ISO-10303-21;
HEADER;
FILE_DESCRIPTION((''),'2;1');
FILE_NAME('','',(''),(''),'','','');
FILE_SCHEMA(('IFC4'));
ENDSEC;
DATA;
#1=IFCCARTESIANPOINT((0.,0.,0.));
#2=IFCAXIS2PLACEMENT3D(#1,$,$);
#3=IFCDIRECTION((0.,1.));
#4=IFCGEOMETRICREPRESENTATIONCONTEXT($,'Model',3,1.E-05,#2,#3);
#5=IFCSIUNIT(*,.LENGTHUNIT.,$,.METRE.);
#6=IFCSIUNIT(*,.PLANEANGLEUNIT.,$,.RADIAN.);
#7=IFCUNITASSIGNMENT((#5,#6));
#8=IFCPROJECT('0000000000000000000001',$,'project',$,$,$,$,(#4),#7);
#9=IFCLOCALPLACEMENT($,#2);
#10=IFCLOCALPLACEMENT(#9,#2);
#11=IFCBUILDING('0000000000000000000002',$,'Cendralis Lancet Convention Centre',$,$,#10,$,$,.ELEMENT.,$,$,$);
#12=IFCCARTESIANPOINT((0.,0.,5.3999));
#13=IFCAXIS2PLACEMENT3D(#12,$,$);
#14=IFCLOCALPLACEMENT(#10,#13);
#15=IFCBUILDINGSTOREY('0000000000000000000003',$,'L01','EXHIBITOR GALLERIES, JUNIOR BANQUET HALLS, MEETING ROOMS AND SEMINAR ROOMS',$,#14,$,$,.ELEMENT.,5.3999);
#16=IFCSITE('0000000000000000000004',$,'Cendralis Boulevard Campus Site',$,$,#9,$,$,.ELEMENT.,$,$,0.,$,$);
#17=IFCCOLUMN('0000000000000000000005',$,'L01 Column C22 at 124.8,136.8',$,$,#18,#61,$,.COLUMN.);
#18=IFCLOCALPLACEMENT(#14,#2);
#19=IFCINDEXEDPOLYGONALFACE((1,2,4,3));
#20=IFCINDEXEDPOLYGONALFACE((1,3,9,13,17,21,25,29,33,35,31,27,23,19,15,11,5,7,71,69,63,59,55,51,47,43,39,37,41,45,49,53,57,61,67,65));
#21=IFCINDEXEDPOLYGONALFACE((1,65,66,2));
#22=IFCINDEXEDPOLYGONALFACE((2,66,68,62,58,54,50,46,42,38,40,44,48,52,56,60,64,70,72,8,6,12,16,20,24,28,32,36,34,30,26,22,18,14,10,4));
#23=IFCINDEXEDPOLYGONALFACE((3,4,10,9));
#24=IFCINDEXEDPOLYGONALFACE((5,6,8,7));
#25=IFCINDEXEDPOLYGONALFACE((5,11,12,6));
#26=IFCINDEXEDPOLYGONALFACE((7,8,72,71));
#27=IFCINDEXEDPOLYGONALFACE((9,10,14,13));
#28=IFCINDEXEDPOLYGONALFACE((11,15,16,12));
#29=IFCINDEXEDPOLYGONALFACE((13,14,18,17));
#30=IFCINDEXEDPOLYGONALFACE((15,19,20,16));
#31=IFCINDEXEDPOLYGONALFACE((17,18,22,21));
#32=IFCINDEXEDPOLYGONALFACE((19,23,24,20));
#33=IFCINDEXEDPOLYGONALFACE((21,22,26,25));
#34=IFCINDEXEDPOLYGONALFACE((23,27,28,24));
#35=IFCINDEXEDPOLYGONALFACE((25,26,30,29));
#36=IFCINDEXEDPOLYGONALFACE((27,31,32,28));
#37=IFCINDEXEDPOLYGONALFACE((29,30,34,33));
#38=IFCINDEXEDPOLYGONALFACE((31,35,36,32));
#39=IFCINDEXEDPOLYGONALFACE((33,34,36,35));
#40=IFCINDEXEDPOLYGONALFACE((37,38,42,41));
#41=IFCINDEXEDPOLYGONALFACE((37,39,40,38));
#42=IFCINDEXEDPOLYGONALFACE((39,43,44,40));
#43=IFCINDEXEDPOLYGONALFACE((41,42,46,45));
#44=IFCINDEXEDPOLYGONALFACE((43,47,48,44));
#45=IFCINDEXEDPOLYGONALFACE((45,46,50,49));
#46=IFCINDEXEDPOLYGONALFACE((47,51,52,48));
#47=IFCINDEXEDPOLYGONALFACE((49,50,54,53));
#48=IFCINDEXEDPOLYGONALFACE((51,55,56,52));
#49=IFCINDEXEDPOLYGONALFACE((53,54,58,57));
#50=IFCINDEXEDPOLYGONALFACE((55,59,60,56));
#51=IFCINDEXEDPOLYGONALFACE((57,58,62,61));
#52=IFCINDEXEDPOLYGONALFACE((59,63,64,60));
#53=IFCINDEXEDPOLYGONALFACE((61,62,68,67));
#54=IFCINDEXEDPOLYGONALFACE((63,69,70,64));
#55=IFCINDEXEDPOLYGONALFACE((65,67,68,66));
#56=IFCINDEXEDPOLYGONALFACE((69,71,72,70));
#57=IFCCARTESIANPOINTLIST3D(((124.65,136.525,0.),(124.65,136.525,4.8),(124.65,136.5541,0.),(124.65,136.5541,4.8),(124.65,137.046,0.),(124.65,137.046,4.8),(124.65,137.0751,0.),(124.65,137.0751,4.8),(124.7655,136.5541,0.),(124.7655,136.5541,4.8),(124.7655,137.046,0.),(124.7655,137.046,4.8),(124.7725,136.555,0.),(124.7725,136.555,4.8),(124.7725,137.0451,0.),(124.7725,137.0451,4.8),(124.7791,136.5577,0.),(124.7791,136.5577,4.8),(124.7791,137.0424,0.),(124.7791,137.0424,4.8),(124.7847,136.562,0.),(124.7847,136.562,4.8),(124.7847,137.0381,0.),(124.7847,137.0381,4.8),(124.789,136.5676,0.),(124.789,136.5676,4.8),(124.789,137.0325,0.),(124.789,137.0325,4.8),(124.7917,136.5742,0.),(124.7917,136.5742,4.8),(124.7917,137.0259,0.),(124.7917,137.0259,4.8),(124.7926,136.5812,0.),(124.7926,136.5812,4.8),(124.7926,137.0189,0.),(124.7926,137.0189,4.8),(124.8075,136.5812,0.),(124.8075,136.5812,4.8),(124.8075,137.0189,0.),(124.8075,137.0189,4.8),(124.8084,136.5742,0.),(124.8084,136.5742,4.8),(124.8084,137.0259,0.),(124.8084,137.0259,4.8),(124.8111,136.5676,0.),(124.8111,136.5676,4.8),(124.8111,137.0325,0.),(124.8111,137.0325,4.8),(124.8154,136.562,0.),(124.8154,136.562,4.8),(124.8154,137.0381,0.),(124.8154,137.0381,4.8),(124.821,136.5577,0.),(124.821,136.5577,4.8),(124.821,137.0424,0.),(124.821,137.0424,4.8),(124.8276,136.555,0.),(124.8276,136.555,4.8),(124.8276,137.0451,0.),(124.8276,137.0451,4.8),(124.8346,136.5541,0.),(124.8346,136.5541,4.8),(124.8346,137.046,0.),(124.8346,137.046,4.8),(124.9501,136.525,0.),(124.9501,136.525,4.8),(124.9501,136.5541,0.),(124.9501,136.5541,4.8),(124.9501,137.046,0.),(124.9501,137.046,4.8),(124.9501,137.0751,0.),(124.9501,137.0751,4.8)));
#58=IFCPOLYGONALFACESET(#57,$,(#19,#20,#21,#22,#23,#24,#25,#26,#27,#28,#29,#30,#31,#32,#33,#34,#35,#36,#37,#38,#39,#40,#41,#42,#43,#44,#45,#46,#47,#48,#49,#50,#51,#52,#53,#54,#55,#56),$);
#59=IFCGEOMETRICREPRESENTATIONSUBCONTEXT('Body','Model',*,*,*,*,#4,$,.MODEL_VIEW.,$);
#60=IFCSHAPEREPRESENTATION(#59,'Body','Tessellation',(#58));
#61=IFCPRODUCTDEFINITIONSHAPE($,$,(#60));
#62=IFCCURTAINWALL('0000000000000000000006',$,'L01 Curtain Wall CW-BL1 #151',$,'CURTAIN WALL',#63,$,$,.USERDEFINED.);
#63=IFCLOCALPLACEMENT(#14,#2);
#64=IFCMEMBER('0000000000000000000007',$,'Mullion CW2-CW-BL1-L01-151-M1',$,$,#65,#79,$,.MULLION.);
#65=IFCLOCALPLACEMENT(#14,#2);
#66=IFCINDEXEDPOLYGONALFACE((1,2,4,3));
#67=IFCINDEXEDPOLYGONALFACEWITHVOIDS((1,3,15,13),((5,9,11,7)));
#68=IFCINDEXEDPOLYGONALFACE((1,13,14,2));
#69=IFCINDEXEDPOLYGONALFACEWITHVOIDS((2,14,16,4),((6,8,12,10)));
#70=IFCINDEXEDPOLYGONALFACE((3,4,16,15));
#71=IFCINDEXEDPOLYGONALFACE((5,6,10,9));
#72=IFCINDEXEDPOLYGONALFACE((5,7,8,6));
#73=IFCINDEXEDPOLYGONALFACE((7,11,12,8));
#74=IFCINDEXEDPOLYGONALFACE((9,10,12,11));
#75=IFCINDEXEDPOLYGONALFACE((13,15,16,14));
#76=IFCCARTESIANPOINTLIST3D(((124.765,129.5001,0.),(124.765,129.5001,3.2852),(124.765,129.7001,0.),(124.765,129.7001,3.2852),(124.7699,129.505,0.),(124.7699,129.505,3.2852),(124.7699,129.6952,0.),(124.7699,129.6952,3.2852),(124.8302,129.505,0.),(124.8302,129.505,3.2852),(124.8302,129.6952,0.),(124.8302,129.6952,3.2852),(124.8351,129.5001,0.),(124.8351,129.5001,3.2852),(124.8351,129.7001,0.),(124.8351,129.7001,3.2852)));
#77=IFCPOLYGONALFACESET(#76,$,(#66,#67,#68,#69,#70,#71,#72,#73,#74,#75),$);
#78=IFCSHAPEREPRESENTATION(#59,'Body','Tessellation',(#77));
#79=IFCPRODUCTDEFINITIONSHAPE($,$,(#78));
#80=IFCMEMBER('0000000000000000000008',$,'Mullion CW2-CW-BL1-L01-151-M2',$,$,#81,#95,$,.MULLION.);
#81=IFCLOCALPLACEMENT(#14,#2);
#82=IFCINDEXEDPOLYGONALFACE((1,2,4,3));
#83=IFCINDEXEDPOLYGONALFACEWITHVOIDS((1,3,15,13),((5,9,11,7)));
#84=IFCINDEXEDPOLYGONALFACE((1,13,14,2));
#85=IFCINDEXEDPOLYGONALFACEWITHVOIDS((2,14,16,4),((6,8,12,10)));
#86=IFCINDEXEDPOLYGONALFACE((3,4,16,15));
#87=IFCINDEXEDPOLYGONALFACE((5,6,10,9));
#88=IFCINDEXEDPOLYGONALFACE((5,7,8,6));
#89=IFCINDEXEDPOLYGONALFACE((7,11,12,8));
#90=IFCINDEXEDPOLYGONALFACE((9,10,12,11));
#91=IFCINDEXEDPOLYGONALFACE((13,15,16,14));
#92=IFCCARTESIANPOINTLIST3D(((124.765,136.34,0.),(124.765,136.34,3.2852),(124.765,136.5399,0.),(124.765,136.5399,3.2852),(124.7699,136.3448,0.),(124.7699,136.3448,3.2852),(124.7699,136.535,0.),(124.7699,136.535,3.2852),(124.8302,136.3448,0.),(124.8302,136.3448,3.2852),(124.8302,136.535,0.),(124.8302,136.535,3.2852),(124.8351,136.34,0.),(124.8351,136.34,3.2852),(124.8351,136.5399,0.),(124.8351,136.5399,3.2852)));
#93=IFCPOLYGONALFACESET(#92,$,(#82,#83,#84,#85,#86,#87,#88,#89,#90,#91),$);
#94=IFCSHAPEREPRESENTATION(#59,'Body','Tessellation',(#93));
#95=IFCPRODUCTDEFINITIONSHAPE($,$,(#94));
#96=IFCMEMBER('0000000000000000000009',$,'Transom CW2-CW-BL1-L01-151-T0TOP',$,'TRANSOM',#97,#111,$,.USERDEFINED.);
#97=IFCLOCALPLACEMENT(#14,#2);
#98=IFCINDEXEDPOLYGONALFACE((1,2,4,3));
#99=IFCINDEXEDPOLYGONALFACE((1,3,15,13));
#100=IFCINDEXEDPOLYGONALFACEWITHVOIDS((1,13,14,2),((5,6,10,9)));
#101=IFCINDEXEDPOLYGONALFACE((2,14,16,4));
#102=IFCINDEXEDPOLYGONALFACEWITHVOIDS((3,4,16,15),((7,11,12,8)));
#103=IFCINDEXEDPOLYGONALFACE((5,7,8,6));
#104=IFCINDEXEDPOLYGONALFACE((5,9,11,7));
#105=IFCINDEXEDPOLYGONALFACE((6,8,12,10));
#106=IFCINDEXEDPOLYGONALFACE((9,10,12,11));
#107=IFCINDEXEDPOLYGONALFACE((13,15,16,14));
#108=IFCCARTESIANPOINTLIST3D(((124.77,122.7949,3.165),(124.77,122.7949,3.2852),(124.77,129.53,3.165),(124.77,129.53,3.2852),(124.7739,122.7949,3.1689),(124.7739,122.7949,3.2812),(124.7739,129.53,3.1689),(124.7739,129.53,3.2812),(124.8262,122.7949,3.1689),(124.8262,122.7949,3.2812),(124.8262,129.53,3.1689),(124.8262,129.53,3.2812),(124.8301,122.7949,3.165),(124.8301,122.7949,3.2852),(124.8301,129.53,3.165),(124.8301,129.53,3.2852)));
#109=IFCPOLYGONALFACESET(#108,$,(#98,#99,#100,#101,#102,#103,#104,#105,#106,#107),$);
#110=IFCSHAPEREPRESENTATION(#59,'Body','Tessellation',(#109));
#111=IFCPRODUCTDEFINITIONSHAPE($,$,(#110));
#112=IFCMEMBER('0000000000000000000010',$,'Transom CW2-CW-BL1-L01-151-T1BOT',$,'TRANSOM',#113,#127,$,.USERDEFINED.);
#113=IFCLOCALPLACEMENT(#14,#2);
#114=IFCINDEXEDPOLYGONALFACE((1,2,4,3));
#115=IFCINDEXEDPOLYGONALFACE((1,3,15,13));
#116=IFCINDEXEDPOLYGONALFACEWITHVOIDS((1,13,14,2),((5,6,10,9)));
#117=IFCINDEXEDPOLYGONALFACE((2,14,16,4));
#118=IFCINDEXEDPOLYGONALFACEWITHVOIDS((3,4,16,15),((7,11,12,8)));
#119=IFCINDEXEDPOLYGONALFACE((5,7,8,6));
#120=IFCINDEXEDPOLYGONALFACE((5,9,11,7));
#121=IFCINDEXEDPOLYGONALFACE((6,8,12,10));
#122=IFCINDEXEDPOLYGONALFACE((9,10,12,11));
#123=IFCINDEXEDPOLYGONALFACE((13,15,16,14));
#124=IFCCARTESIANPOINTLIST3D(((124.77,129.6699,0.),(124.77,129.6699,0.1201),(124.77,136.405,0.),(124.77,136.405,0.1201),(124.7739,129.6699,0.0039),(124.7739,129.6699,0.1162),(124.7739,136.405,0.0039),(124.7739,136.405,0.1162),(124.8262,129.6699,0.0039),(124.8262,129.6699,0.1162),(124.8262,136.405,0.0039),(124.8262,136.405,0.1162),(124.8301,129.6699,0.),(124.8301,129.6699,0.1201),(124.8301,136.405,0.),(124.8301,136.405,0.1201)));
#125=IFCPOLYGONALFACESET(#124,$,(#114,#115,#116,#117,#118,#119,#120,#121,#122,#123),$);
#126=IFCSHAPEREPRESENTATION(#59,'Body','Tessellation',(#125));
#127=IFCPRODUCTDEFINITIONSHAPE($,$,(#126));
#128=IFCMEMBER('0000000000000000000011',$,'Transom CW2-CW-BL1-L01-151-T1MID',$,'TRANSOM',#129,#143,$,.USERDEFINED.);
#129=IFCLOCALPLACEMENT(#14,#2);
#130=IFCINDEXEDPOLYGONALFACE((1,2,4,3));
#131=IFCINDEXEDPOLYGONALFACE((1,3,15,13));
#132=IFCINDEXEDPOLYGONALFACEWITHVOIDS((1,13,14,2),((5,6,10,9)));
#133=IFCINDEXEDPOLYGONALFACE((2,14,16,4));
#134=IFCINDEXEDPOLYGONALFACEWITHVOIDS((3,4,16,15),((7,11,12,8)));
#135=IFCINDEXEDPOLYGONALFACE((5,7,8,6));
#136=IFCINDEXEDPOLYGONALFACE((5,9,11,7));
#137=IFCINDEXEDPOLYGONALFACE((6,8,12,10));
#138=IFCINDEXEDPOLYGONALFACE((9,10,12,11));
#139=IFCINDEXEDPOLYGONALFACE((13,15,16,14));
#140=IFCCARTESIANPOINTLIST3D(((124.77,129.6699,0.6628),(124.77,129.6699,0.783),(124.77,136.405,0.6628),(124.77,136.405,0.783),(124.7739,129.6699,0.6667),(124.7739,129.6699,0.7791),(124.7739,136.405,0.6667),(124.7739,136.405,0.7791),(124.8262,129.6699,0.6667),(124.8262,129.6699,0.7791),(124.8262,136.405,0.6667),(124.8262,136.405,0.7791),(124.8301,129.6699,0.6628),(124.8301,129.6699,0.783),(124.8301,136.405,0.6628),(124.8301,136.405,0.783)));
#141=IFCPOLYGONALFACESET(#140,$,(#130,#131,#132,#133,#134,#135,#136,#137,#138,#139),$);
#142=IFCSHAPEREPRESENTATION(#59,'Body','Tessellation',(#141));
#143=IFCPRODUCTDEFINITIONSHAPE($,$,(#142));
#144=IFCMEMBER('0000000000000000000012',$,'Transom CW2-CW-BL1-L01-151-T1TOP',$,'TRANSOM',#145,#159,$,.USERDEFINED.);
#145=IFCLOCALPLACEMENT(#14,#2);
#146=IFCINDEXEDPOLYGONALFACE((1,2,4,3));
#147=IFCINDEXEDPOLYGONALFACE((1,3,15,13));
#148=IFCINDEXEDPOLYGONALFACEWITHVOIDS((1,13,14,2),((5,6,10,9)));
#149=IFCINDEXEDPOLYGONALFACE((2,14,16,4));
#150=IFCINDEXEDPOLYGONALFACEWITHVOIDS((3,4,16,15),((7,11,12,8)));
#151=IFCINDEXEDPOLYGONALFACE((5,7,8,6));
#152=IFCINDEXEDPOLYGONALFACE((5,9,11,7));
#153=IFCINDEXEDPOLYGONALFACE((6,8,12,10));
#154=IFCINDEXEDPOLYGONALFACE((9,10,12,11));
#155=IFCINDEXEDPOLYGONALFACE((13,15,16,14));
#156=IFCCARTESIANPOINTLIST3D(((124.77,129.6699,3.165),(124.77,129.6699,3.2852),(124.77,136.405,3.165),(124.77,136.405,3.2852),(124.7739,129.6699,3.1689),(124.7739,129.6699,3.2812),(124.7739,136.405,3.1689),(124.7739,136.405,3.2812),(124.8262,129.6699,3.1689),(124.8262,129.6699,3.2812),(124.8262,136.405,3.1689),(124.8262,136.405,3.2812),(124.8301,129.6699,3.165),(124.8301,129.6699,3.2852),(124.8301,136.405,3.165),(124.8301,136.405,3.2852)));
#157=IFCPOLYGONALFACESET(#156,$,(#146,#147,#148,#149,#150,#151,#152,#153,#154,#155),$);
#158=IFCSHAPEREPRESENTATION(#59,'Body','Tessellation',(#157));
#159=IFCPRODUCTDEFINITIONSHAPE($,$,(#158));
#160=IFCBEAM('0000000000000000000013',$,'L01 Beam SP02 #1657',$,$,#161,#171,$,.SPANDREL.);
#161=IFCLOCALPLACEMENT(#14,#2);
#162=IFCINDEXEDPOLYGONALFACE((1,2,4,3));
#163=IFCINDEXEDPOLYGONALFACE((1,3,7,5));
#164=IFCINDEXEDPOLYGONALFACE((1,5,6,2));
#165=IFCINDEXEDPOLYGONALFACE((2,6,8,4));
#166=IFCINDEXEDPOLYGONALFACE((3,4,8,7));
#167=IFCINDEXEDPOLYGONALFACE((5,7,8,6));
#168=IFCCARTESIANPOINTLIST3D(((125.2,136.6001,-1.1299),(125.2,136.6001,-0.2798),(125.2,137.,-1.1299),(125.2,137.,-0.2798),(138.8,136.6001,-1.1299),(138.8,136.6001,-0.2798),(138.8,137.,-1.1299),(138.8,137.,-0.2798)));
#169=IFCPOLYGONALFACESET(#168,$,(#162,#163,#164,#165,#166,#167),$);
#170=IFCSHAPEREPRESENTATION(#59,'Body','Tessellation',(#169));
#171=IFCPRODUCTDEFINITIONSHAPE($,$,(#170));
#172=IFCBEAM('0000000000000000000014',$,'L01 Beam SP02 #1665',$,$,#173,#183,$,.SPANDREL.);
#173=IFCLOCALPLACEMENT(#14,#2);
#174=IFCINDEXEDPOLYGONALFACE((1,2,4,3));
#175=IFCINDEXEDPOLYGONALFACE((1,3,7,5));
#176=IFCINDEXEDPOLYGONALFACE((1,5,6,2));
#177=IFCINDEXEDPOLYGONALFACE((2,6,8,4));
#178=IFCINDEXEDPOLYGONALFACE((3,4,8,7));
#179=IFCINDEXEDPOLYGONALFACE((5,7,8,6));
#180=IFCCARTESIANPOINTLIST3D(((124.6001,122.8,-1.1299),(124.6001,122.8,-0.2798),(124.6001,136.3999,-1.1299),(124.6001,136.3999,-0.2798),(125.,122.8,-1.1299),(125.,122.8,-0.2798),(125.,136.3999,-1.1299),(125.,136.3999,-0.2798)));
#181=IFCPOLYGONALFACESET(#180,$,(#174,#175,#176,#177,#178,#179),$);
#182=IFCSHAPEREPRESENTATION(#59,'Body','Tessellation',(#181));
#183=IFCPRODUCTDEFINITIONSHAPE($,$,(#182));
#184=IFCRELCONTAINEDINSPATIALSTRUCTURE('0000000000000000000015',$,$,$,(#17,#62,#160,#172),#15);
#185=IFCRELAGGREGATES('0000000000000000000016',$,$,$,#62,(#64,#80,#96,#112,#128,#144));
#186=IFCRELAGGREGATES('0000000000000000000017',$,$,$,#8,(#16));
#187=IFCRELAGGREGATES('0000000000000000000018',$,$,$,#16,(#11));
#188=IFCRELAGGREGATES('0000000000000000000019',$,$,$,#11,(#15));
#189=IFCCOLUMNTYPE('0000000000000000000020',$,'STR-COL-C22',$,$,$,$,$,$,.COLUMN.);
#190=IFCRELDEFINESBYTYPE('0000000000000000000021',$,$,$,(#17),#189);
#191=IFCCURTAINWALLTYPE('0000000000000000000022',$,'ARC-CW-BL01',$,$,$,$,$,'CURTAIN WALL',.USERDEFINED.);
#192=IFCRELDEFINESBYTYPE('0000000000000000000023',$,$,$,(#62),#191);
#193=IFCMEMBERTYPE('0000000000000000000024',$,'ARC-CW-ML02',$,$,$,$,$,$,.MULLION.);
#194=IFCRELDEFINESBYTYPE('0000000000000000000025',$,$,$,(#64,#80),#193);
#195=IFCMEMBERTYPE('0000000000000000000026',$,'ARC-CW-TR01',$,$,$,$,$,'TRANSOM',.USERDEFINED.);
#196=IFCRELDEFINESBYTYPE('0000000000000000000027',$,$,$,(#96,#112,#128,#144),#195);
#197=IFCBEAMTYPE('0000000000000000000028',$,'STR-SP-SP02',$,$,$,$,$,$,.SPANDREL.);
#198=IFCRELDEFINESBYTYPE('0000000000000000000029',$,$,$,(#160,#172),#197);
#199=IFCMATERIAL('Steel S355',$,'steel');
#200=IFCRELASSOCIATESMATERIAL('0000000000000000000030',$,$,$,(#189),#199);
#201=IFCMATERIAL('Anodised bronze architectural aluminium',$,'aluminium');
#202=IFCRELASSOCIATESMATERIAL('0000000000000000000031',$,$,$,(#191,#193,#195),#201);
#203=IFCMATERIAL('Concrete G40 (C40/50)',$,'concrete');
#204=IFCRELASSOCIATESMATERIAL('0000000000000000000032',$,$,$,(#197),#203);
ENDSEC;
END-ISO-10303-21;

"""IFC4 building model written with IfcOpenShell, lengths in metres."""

from ifc_helpers import new_model, si_unit, direction, frame, origin, origin_2d, place, context, subcontext, project, spatial, rectangle, hollow_rectangle, i_section, extrude, material, material_profile, profile_set, type_object, element, aggregate, save


model = new_model("IFC4")

# Units and contexts
model_context = context("Model", 3, precision=1e-05, world=origin(), true_north=direction((0.0, 1.0)))
body_context = subcontext(model_context, "Body", "Model", "MODEL_VIEW")
ifc_project = project(units=[si_unit("LENGTHUNIT", "METRE"), si_unit("PLANEANGLEUNIT", "RADIAN")], contexts=[model_context])

# Site, building, storey
site_placement = place(None, origin())
site = spatial("IfcSite", under=ifc_project, at=site_placement, Name="Cendralis Boulevard Campus Site", CompositionType="ELEMENT", RefElevation=0.0)
building_placement = place(site_placement, origin())
building = spatial("IfcBuilding", under=site, at=building_placement, Name="Cendralis Lancet Convention Centre", CompositionType="ELEMENT")
storey_placement = place(building_placement, frame((0.0, 0.0, 5.3999)))
storey = spatial("IfcBuildingStorey", under=building, at=storey_placement, Name="L01", Description="EXHIBITOR GALLERIES, JUNIOR BANQUET HALLS, MEETING ROOMS AND SEMINAR ROOMS", CompositionType="ELEMENT", Elevation=5.3999)

# Column
ifc_material_1 = material(Name="Steel S355", Category="steel")
ifc_material_profile_1 = material_profile(ifc_material_1, i_section(OverallWidth=0.3, OverallDepth=0.55, WebThickness=0.0149, FlangeThickness=0.0291, FilletRadius=0.0271, at=origin_2d()), Name="HEB 550")
ifc_profile_set_1 = profile_set([ifc_material_profile_1], Name="Steel S355")
column_type = type_object("IfcColumnType", Name="STR-COL-C22", PredefinedType="COLUMN", material=ifc_profile_set_1)
column_placement = place(storey_placement, frame((124.8, 136.8, 0.0), z_axis=(0.0, 0.0, 1.0), x_axis=(1.0, 0.0, 0.0)))
element("IfcColumn", 1, at=column_placement, inside=storey, type_object=column_type, Name="L01 Column C22 at 124.8,136.8", PredefinedType="COLUMN", context=body_context, shape_type="SweptSolid", body=[
    extrude(i_section(OverallWidth=0.3, OverallDepth=0.55, WebThickness=0.0149, FlangeThickness=0.0291, FilletRadius=0.0271, at=origin_2d()), origin(), (0.0, 0.0, 1.0), 4.8),
])

# Curtain wall, members
ifc_material_2 = material(Name="Anodised bronze architectural aluminium", Category="aluminium")
curtain_wall_type_1 = type_object("IfcCurtainWallType", Name="ARC-CW-BL01", ElementType="CURTAIN WALL", PredefinedType="USERDEFINED", material=ifc_material_2)
curtain_wall_1_placement = place(storey_placement, origin())
curtain_wall_1 = element("IfcCurtainWall", 2, at=curtain_wall_1_placement, inside=storey, type_object=curtain_wall_type_1, Name="L01 Curtain Wall CW-BL1 #151", ObjectType="CURTAIN WALL", PredefinedType="USERDEFINED")
ifc_material_profile_2 = material_profile(ifc_material_2, hollow_rectangle(XDim=0.0701, YDim=0.2, WallThickness=0.0049, at=origin_2d()), Name="AL-MULL 70x200x5.0")
ifc_profile_set_2 = profile_set([ifc_material_profile_2], Name="Anodised bronze architectural aluminium")
member_type_1 = type_object("IfcMemberType", Name="ARC-CW-ML02", PredefinedType="MULLION", material=ifc_profile_set_2)
member_1_placement = place(storey_placement, frame((124.8, 129.6001, 0.0), z_axis=(0.0, 0.0, 1.0), x_axis=(1.0, 0.0, 0.0)))
member_1 = element("IfcMember", 3, at=member_1_placement, type_object=member_type_1, Name="Mullion CW2-CW-BL1-L01-151-M1", PredefinedType="MULLION", context=body_context, shape_type="SweptSolid", body=[
    extrude(hollow_rectangle(XDim=0.0701, YDim=0.2, WallThickness=0.0049, at=origin_2d()), origin(), (0.0, 0.0, 1.0), 3.2852),
])
member_2_placement = place(storey_placement, frame((124.8, 136.4399, 0.0), z_axis=(0.0, 0.0, 1.0), x_axis=(1.0, 0.0, 0.0)))
member_2 = element("IfcMember", 4, at=member_2_placement, type_object=member_type_1, Name="Mullion CW2-CW-BL1-L01-151-M2", PredefinedType="MULLION", context=body_context, shape_type="SweptSolid", body=[
    extrude(hollow_rectangle(XDim=0.0701, YDim=0.2, WallThickness=0.0049, at=origin_2d()), origin(), (0.0, 0.0, 1.0), 3.2852),
])
ifc_material_profile_3 = material_profile(ifc_material_2, hollow_rectangle(XDim=0.0601, YDim=0.1201, WallThickness=0.0039, at=origin_2d()), Name="AL-TRAN 60x120x4.0")
ifc_profile_set_3 = profile_set([ifc_material_profile_3], Name="Anodised bronze architectural aluminium")
member_type_2 = type_object("IfcMemberType", Name="ARC-CW-TR01", ElementType="TRANSOM", PredefinedType="USERDEFINED", material=ifc_profile_set_3)
member_3_placement = place(storey_placement, frame((124.8, 122.7949, 3.2251), z_axis=(0.0, 1.0, 0.0), x_axis=(-1.0, 0.0, 0.0)))
member_3 = element("IfcMember", 5, at=member_3_placement, type_object=member_type_2, Name="Transom CW2-CW-BL1-L01-151-T0TOP", ObjectType="TRANSOM", PredefinedType="USERDEFINED", context=body_context, shape_type="SweptSolid", body=[
    extrude(hollow_rectangle(XDim=0.0601, YDim=0.1201, WallThickness=0.0039, at=origin_2d()), origin(), (0.0, 0.0, 1.0), 6.7351),
])
member_4_placement = place(storey_placement, frame((124.8, 129.6699, 0.0601), z_axis=(0.0, 1.0, 0.0), x_axis=(-1.0, 0.0, 0.0)))
member_4 = element("IfcMember", 6, at=member_4_placement, type_object=member_type_2, Name="Transom CW2-CW-BL1-L01-151-T1BOT", ObjectType="TRANSOM", PredefinedType="USERDEFINED", context=body_context, shape_type="SweptSolid", body=[
    extrude(hollow_rectangle(XDim=0.0601, YDim=0.1201, WallThickness=0.0039, at=origin_2d()), origin(), (0.0, 0.0, 1.0), 6.7351),
])
member_5_placement = place(storey_placement, frame((124.8, 129.6699, 0.7229), z_axis=(0.0, 1.0, 0.0), x_axis=(-1.0, 0.0, 0.0)))
member_5 = element("IfcMember", 7, at=member_5_placement, type_object=member_type_2, Name="Transom CW2-CW-BL1-L01-151-T1MID", ObjectType="TRANSOM", PredefinedType="USERDEFINED", context=body_context, shape_type="SweptSolid", body=[
    extrude(hollow_rectangle(XDim=0.0601, YDim=0.1201, WallThickness=0.0039, at=origin_2d()), origin(), (0.0, 0.0, 1.0), 6.7351),
])
member_6_placement = place(storey_placement, frame((124.8, 129.6699, 3.2251), z_axis=(0.0, 1.0, 0.0), x_axis=(-1.0, 0.0, 0.0)))
member_6 = element("IfcMember", 8, at=member_6_placement, type_object=member_type_2, Name="Transom CW2-CW-BL1-L01-151-T1TOP", ObjectType="TRANSOM", PredefinedType="USERDEFINED", context=body_context, shape_type="SweptSolid", body=[
    extrude(hollow_rectangle(XDim=0.0601, YDim=0.1201, WallThickness=0.0039, at=origin_2d()), origin(), (0.0, 0.0, 1.0), 6.7351),
])

# Beams
ifc_material_3 = material(Name="Concrete G40 (C40/50)", Category="concrete")
ifc_material_profile_4 = material_profile(ifc_material_3, rectangle(XDim=0.3999, YDim=0.8501, at=origin_2d()), Name="RCB 400x850")
ifc_profile_set_4 = profile_set([ifc_material_profile_4], Name="Concrete G40 (C40/50)")
beam_type = type_object("IfcBeamType", Name="STR-SP-SP02", PredefinedType="SPANDREL", material=ifc_profile_set_4)
beam_1_placement = place(storey_placement, frame((125.2, 136.8, -0.7048), z_axis=(1.0, 0.0, 0.0), x_axis=(0.0, 1.0, 0.0)))
element("IfcBeam", 9, at=beam_1_placement, inside=storey, type_object=beam_type, Name="L01 Beam SP02 #1657", PredefinedType="SPANDREL", context=body_context, shape_type="SweptSolid", body=[
    extrude(rectangle(XDim=0.3999, YDim=0.8501, at=origin_2d()), origin(), (0.0, 0.0, 1.0), 13.6001),
])
beam_2_placement = place(storey_placement, frame((124.8, 122.8, -0.7048), z_axis=(0.0, 1.0, 0.0), x_axis=(-1.0, 0.0, 0.0)))
element("IfcBeam", 10, at=beam_2_placement, inside=storey, type_object=beam_type, Name="L01 Beam SP02 #1665", PredefinedType="SPANDREL", context=body_context, shape_type="SweptSolid", body=[
    extrude(rectangle(XDim=0.3999, YDim=0.8501, at=origin_2d()), origin(), (0.0, 0.0, 1.0), 13.5999),
])

aggregate(curtain_wall_1, [member_1, member_2, member_3, member_4, member_5, member_6])

save(model, "model.ifc")
